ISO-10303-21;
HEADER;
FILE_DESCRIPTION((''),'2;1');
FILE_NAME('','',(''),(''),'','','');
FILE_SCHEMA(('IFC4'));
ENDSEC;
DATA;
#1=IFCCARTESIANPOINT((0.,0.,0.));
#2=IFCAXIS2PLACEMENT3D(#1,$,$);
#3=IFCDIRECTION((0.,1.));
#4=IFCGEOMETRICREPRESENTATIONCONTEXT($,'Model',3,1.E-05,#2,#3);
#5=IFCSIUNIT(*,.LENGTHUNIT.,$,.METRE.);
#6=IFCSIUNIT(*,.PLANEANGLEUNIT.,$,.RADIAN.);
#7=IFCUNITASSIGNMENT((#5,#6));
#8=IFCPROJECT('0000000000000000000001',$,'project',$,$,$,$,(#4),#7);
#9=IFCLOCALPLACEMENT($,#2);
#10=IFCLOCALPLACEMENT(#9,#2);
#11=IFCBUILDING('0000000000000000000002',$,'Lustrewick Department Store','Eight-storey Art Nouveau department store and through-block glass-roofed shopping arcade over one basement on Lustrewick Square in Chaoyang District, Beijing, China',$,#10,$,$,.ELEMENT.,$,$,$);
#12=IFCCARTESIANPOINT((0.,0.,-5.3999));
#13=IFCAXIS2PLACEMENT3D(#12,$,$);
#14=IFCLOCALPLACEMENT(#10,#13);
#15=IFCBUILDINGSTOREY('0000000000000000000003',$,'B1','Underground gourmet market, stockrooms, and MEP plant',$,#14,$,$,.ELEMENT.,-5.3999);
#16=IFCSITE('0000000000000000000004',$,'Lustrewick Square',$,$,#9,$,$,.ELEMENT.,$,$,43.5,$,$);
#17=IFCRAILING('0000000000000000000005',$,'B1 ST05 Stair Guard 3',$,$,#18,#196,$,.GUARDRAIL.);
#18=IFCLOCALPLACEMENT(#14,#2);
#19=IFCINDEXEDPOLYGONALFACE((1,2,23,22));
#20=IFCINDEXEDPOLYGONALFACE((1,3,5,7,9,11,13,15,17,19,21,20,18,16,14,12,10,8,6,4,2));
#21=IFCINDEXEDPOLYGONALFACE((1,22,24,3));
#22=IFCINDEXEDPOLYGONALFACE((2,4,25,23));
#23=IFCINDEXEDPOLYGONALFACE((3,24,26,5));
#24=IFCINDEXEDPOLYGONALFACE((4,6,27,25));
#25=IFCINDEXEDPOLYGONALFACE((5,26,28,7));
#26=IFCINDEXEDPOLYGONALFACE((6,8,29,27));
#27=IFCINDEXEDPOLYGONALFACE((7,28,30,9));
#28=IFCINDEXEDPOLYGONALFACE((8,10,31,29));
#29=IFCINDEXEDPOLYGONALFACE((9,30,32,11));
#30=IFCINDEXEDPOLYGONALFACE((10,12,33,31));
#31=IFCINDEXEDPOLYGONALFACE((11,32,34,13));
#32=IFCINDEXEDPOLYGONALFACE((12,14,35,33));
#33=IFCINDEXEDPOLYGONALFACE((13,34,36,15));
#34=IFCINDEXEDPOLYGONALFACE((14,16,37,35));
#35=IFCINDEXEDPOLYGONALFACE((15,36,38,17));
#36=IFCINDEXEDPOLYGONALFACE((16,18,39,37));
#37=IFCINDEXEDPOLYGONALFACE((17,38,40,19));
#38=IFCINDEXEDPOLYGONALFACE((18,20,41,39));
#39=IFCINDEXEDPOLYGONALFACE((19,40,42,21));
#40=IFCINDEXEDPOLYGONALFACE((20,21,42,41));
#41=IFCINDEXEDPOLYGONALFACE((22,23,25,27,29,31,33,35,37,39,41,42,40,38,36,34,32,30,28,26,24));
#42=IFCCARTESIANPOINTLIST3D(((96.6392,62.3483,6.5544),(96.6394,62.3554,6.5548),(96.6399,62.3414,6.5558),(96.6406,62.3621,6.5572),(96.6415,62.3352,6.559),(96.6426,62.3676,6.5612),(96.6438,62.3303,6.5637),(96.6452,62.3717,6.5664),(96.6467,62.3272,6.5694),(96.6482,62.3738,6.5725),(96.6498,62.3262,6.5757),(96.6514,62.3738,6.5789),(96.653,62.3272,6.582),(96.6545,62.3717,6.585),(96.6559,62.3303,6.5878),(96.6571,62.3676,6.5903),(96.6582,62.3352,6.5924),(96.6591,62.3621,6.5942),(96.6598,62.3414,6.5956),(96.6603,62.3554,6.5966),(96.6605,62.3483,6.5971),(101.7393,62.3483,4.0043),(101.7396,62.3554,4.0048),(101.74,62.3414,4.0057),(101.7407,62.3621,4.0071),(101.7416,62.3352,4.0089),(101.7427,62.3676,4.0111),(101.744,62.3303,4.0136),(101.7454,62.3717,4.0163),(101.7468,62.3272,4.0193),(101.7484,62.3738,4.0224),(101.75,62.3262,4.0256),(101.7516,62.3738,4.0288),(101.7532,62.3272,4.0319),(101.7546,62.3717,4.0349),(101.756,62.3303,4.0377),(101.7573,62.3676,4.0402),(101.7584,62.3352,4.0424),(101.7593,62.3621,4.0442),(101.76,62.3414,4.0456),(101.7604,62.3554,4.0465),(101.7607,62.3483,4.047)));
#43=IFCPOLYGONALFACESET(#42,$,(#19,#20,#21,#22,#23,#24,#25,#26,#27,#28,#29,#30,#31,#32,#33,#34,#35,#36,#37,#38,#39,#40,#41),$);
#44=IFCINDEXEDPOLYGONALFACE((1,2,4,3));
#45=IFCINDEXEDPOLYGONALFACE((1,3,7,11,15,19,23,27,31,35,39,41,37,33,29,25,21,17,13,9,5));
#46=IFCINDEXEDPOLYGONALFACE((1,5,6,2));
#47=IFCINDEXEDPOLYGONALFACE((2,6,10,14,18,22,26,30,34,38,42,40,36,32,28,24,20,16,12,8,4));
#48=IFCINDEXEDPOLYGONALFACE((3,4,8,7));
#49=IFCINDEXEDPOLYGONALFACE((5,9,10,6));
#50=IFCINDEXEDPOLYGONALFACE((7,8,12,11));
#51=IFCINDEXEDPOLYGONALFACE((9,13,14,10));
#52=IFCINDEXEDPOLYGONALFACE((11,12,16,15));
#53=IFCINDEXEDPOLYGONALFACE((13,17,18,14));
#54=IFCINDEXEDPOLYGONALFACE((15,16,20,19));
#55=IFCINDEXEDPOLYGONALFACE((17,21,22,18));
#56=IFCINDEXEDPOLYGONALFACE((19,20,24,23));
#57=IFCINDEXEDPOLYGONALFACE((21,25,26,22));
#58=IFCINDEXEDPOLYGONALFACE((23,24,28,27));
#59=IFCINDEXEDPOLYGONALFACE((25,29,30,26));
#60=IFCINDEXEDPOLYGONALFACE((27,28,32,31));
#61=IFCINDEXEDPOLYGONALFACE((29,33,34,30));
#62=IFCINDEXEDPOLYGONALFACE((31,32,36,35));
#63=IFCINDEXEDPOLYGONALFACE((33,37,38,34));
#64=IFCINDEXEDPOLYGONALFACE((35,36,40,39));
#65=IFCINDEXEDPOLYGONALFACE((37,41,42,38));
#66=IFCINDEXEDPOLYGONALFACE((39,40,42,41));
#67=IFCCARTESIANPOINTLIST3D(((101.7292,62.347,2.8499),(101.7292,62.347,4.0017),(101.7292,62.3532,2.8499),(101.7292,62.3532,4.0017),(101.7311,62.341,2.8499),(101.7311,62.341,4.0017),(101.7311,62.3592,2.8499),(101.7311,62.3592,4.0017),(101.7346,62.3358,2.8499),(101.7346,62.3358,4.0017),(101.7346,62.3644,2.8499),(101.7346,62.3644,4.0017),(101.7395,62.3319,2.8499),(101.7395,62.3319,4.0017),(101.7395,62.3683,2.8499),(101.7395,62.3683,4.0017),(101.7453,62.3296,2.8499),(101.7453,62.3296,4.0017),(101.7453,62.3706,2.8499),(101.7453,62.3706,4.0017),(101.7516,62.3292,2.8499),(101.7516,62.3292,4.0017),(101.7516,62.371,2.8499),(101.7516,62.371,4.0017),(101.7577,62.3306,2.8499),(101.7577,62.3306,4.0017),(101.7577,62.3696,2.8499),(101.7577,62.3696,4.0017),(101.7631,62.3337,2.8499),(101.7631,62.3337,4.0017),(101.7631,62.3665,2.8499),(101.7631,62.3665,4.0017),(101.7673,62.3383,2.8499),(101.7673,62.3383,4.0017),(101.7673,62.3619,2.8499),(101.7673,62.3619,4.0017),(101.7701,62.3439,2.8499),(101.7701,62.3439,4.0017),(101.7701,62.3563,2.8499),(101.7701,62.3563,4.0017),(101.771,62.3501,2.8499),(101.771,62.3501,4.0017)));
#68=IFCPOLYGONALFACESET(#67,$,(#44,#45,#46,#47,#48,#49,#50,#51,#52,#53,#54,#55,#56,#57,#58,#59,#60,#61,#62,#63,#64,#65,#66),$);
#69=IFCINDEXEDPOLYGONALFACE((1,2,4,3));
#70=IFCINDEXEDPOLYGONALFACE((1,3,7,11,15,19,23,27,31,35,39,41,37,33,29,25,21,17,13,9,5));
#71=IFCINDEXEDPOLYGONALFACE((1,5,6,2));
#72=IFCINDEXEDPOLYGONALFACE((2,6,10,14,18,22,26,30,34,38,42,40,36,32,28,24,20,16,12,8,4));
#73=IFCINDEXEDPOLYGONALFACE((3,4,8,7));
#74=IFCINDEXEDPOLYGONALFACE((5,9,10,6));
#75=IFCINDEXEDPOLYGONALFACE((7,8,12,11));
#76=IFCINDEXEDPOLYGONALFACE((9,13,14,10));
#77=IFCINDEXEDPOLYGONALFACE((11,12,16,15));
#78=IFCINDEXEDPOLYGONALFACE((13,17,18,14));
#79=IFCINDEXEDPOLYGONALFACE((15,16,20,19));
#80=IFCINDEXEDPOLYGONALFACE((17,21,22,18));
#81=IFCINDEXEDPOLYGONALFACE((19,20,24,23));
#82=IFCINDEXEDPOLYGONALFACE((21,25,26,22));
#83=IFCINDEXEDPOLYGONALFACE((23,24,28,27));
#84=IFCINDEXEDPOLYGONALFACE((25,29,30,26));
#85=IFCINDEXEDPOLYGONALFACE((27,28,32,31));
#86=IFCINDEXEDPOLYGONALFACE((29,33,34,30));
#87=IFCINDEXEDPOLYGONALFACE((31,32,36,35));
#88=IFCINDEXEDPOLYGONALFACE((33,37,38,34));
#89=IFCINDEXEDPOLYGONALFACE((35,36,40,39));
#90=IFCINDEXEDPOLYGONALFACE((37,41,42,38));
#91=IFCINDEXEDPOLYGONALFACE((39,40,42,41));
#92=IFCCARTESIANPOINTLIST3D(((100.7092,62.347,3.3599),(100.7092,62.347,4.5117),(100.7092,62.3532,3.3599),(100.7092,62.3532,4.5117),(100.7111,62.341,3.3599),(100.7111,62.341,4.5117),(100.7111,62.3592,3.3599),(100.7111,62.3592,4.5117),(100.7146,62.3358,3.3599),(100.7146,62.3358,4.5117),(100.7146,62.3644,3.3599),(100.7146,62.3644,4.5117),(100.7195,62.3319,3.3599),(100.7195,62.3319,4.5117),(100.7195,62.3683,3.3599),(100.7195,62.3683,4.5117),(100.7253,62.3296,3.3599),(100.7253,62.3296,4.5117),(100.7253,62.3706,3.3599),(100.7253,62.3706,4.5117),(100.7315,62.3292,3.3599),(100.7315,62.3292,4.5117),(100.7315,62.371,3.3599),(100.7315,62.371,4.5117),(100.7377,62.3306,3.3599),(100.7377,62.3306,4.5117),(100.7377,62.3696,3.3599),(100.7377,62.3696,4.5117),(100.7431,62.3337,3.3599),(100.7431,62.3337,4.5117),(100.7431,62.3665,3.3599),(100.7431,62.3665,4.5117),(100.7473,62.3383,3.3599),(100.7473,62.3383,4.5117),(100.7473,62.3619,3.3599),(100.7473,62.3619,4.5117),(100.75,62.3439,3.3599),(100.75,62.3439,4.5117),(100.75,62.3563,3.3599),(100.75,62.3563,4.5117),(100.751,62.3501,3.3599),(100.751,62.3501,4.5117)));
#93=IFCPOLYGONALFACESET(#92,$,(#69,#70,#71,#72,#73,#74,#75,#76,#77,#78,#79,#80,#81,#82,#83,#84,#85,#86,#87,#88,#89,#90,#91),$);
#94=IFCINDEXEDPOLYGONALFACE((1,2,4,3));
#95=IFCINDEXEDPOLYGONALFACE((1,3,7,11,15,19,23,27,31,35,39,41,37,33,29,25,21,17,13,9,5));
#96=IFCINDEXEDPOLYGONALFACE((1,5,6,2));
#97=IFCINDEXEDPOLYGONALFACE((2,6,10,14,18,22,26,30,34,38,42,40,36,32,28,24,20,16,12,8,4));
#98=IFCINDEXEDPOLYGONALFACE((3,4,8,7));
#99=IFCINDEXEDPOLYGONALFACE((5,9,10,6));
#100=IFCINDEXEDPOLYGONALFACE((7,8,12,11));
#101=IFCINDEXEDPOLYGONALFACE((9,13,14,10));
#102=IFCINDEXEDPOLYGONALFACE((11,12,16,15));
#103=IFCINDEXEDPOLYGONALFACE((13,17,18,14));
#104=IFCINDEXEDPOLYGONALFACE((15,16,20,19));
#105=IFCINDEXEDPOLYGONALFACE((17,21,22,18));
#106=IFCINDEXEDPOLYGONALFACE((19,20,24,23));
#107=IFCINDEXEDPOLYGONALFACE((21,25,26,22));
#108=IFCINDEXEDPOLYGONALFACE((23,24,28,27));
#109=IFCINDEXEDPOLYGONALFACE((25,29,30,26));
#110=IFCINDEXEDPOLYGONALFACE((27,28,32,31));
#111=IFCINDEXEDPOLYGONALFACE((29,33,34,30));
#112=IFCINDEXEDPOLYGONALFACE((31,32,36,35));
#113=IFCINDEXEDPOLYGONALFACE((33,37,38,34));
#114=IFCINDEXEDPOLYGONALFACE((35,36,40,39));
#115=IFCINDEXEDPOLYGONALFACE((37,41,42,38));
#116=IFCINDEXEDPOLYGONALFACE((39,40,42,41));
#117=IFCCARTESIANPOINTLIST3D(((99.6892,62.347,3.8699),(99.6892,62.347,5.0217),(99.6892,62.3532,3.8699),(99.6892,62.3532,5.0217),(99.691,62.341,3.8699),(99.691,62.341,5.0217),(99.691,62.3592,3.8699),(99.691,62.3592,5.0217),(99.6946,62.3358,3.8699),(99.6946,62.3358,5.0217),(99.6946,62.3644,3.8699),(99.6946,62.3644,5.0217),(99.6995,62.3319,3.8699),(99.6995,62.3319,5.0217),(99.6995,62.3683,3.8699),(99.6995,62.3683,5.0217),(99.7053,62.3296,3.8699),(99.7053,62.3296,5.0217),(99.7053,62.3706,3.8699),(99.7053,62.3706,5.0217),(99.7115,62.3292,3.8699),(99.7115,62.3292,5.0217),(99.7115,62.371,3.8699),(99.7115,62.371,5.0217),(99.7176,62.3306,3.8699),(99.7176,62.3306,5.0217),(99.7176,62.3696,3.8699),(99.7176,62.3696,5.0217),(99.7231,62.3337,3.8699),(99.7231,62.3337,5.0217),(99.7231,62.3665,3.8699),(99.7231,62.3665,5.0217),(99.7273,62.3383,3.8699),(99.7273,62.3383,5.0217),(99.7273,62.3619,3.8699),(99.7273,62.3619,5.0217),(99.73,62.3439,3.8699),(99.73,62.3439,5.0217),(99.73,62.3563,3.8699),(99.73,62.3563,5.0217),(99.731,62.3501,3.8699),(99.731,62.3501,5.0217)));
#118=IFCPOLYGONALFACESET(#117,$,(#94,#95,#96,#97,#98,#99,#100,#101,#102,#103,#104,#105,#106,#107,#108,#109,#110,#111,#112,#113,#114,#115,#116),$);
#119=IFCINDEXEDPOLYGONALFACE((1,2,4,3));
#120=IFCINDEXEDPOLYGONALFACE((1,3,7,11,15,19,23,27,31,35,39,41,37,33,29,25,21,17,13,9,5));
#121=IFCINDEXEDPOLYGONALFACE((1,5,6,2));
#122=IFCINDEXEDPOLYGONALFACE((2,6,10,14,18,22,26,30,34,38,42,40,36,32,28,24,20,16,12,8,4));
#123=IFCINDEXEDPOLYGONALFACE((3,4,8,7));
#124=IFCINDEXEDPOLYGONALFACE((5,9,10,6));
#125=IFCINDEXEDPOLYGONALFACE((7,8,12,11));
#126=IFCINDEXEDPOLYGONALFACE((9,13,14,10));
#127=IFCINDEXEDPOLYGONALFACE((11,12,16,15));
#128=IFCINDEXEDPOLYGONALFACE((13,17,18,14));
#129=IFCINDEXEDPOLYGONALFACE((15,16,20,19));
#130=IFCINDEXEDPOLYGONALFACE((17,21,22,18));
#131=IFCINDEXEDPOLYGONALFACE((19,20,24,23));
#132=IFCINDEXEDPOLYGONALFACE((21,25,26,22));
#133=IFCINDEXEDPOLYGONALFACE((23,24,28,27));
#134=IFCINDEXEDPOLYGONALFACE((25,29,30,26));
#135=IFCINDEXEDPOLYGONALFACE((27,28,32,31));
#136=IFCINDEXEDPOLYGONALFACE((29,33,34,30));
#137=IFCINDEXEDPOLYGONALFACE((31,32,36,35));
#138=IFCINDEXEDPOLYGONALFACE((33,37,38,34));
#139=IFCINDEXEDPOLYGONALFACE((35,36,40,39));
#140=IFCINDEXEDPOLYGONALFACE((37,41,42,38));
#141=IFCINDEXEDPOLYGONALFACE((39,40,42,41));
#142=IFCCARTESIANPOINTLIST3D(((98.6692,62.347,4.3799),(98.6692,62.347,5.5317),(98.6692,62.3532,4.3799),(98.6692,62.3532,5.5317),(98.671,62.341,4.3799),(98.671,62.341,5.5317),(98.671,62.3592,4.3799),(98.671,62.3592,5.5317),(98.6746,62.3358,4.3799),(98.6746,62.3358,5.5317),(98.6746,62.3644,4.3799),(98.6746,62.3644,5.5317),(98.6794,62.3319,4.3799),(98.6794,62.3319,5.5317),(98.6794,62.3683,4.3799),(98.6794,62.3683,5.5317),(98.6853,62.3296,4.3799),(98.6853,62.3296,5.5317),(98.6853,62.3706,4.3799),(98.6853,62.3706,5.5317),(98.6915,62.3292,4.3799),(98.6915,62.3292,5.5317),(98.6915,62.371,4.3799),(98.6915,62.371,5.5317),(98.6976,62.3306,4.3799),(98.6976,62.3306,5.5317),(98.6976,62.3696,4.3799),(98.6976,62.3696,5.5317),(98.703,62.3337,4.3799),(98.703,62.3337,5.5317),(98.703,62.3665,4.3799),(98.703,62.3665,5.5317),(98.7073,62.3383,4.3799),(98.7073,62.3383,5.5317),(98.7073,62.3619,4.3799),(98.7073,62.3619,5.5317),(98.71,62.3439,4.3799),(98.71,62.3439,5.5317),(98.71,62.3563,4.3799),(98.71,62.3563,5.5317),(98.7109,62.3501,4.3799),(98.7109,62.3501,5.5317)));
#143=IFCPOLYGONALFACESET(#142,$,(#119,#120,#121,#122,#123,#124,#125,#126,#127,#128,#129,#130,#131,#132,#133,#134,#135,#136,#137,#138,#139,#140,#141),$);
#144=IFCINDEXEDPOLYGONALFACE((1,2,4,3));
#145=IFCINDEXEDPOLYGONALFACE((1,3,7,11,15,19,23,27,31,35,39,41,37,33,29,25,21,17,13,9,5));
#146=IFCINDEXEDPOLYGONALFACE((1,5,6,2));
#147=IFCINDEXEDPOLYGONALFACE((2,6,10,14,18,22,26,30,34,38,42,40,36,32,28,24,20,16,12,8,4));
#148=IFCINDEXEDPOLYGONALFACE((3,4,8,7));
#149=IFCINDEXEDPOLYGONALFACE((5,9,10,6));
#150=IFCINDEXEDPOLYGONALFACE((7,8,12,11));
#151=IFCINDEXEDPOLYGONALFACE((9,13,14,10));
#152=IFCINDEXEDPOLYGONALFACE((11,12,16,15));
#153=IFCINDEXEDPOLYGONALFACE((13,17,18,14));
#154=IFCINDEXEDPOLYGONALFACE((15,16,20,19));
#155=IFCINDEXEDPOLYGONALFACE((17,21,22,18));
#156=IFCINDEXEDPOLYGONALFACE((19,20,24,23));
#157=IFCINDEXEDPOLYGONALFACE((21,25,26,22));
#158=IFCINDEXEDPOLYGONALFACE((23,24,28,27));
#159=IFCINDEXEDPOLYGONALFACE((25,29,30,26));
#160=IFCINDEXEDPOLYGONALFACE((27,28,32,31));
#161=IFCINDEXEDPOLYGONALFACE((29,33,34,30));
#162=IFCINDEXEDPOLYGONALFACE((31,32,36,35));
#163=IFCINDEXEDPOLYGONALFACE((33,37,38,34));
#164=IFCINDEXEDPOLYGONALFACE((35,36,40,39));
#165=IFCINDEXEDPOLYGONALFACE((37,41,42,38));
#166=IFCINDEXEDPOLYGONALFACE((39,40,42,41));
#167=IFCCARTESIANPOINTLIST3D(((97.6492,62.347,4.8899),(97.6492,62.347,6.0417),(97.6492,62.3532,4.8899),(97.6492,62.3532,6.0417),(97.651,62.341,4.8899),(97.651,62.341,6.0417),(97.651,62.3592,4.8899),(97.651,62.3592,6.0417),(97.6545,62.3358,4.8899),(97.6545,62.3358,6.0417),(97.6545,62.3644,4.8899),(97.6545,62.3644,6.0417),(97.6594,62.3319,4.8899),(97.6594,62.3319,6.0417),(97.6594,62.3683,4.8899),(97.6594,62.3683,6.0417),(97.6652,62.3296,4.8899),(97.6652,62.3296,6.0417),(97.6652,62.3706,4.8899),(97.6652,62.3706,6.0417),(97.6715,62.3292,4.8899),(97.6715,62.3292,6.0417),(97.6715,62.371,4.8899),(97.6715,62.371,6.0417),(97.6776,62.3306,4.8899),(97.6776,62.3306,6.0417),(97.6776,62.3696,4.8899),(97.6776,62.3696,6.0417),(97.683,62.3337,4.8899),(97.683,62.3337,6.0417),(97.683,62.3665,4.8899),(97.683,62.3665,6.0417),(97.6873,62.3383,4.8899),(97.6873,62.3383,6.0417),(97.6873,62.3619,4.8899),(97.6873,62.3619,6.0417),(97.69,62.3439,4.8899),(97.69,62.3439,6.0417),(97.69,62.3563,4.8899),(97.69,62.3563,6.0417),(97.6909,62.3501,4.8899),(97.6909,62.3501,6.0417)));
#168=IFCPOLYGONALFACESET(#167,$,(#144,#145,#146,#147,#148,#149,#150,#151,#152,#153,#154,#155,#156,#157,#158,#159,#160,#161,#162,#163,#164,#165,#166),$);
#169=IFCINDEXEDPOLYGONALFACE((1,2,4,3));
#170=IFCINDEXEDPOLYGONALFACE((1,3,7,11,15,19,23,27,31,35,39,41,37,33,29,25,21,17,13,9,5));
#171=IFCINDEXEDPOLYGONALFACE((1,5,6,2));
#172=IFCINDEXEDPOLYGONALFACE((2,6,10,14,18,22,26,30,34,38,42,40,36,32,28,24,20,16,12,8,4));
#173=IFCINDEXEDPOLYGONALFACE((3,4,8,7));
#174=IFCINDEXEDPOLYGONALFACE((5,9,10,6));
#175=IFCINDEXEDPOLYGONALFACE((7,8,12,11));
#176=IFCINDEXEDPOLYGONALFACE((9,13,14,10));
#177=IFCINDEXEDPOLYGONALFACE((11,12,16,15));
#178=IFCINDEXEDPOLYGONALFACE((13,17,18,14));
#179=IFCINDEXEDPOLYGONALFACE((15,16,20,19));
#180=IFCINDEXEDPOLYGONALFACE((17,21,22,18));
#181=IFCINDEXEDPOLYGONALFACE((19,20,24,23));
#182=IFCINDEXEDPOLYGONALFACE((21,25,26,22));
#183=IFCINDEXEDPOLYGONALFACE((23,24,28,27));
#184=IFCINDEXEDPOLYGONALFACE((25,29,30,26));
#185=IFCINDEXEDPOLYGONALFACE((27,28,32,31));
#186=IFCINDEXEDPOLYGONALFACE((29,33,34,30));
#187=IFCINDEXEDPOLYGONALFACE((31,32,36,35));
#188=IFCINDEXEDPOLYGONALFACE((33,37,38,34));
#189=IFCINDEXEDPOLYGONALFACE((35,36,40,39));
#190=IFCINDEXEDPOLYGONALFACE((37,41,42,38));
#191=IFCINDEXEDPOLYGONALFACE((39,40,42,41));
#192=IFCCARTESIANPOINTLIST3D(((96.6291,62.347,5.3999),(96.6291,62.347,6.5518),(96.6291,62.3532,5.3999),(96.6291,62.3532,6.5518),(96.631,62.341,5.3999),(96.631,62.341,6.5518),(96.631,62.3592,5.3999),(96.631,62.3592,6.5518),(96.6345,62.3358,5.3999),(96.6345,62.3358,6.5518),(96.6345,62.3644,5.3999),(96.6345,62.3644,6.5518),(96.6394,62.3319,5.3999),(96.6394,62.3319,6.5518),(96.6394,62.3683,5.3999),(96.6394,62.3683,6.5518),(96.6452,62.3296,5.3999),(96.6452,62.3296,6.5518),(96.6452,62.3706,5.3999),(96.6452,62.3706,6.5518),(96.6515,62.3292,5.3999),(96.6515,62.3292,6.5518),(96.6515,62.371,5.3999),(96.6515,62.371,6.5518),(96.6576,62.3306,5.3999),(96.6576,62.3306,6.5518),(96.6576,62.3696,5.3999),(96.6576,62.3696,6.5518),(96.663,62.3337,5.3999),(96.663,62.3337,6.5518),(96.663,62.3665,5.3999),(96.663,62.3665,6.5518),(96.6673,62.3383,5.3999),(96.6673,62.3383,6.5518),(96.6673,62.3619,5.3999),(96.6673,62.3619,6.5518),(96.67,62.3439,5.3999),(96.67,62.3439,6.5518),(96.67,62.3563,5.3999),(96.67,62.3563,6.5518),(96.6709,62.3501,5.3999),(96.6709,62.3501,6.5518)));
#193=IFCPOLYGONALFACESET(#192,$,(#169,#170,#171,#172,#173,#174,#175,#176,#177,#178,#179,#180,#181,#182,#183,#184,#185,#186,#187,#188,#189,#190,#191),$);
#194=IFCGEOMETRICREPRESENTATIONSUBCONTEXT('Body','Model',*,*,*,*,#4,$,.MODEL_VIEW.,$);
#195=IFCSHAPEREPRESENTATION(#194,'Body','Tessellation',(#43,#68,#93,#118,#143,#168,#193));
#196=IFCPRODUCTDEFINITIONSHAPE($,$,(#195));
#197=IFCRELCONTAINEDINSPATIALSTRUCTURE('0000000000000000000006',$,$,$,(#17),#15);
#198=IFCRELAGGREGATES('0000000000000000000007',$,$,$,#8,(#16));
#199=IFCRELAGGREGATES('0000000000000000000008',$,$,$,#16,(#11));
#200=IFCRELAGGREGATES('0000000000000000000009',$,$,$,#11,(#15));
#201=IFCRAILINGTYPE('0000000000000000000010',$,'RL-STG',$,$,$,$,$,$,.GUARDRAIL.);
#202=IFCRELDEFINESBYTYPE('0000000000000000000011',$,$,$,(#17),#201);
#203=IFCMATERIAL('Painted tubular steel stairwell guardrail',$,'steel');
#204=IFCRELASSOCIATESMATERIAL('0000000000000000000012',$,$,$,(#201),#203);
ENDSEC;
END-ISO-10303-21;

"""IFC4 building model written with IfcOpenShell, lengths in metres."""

from ifc_helpers import new_model, si_unit, direction, frame, origin, origin_2d, place, context, subcontext, project, spatial, circle, extrude, material, type_object, element, save


model = new_model("IFC4")

# Units and contexts
model_context = context("Model", 3, precision=1e-05, world=origin(), true_north=direction((0.0, 1.0)))
body_context = subcontext(model_context, "Body", "Model", "MODEL_VIEW")
ifc_project = project(units=[si_unit("LENGTHUNIT", "METRE"), si_unit("PLANEANGLEUNIT", "RADIAN")], contexts=[model_context])

# Site, building, storey
site_placement = place(None, origin())
site = spatial("IfcSite", under=ifc_project, at=site_placement, Name="Lustrewick Square", CompositionType="ELEMENT", RefElevation=43.5)
building_placement = place(site_placement, origin())
building = spatial("IfcBuilding", under=site, at=building_placement, Name="Lustrewick Department Store", Description="Eight-storey Art Nouveau department store and through-block glass-roofed shopping arcade over one basement on Lustrewick Square in Chaoyang District, Beijing, China", CompositionType="ELEMENT")
storey_placement = place(building_placement, frame((0.0, 0.0, -5.3999)))
storey = spatial("IfcBuildingStorey", under=building, at=storey_placement, Name="B1", Description="Underground gourmet market, stockrooms, and MEP plant", CompositionType="ELEMENT", Elevation=-5.3999)

# Railing
ifc_material_1 = material(Name="Painted tubular steel stairwell guardrail", Category="steel")
railing_type_1 = type_object("IfcRailingType", Name="RL-STG", PredefinedType="GUARDRAIL", material=ifc_material_1)
railing_1_placement = place(storey_placement, frame((101.75, 62.3501, 2.8499)))
element("IfcRailing", 1, at=railing_1_placement, inside=storey, type_object=railing_type_1, Name="B1 ST05 Stair Guard 3", PredefinedType="GUARDRAIL", context=body_context, shape_type="SweptSolid", body=[
    extrude(circle(Radius=0.0239, at=origin_2d()), frame((0.0, 0.0, 1.1758), z_axis=(-0.894427, 0.0, 0.447214), x_axis=(0.0, -1.0, 0.0)), (0.0, 0.0, 1.0), 5.7021),
    extrude(circle(Radius=0.021, at=origin_2d()), origin(), (0.0, 0.0, 1.0), 1.1519),
    extrude(circle(Radius=0.021, at=origin_2d()), frame((-1.02, 0.0, 0.51)), (0.0, 0.0, 1.0), 1.1519),
    extrude(circle(Radius=0.021, at=origin_2d()), frame((-2.04, 0.0, 1.02)), (0.0, 0.0, 1.0), 1.1519),
    extrude(circle(Radius=0.021, at=origin_2d()), frame((-3.0601, 0.0, 1.53)), (0.0, 0.0, 1.0), 1.1519),
    extrude(circle(Radius=0.021, at=origin_2d()), frame((-4.0801, 0.0, 2.04)), (0.0, 0.0, 1.0), 1.1519),
    extrude(circle(Radius=0.021, at=origin_2d()), frame((-5.1001, 0.0, 2.55)), (0.0, 0.0, 1.0), 1.1519),
])

save(model, "model.ifc")
